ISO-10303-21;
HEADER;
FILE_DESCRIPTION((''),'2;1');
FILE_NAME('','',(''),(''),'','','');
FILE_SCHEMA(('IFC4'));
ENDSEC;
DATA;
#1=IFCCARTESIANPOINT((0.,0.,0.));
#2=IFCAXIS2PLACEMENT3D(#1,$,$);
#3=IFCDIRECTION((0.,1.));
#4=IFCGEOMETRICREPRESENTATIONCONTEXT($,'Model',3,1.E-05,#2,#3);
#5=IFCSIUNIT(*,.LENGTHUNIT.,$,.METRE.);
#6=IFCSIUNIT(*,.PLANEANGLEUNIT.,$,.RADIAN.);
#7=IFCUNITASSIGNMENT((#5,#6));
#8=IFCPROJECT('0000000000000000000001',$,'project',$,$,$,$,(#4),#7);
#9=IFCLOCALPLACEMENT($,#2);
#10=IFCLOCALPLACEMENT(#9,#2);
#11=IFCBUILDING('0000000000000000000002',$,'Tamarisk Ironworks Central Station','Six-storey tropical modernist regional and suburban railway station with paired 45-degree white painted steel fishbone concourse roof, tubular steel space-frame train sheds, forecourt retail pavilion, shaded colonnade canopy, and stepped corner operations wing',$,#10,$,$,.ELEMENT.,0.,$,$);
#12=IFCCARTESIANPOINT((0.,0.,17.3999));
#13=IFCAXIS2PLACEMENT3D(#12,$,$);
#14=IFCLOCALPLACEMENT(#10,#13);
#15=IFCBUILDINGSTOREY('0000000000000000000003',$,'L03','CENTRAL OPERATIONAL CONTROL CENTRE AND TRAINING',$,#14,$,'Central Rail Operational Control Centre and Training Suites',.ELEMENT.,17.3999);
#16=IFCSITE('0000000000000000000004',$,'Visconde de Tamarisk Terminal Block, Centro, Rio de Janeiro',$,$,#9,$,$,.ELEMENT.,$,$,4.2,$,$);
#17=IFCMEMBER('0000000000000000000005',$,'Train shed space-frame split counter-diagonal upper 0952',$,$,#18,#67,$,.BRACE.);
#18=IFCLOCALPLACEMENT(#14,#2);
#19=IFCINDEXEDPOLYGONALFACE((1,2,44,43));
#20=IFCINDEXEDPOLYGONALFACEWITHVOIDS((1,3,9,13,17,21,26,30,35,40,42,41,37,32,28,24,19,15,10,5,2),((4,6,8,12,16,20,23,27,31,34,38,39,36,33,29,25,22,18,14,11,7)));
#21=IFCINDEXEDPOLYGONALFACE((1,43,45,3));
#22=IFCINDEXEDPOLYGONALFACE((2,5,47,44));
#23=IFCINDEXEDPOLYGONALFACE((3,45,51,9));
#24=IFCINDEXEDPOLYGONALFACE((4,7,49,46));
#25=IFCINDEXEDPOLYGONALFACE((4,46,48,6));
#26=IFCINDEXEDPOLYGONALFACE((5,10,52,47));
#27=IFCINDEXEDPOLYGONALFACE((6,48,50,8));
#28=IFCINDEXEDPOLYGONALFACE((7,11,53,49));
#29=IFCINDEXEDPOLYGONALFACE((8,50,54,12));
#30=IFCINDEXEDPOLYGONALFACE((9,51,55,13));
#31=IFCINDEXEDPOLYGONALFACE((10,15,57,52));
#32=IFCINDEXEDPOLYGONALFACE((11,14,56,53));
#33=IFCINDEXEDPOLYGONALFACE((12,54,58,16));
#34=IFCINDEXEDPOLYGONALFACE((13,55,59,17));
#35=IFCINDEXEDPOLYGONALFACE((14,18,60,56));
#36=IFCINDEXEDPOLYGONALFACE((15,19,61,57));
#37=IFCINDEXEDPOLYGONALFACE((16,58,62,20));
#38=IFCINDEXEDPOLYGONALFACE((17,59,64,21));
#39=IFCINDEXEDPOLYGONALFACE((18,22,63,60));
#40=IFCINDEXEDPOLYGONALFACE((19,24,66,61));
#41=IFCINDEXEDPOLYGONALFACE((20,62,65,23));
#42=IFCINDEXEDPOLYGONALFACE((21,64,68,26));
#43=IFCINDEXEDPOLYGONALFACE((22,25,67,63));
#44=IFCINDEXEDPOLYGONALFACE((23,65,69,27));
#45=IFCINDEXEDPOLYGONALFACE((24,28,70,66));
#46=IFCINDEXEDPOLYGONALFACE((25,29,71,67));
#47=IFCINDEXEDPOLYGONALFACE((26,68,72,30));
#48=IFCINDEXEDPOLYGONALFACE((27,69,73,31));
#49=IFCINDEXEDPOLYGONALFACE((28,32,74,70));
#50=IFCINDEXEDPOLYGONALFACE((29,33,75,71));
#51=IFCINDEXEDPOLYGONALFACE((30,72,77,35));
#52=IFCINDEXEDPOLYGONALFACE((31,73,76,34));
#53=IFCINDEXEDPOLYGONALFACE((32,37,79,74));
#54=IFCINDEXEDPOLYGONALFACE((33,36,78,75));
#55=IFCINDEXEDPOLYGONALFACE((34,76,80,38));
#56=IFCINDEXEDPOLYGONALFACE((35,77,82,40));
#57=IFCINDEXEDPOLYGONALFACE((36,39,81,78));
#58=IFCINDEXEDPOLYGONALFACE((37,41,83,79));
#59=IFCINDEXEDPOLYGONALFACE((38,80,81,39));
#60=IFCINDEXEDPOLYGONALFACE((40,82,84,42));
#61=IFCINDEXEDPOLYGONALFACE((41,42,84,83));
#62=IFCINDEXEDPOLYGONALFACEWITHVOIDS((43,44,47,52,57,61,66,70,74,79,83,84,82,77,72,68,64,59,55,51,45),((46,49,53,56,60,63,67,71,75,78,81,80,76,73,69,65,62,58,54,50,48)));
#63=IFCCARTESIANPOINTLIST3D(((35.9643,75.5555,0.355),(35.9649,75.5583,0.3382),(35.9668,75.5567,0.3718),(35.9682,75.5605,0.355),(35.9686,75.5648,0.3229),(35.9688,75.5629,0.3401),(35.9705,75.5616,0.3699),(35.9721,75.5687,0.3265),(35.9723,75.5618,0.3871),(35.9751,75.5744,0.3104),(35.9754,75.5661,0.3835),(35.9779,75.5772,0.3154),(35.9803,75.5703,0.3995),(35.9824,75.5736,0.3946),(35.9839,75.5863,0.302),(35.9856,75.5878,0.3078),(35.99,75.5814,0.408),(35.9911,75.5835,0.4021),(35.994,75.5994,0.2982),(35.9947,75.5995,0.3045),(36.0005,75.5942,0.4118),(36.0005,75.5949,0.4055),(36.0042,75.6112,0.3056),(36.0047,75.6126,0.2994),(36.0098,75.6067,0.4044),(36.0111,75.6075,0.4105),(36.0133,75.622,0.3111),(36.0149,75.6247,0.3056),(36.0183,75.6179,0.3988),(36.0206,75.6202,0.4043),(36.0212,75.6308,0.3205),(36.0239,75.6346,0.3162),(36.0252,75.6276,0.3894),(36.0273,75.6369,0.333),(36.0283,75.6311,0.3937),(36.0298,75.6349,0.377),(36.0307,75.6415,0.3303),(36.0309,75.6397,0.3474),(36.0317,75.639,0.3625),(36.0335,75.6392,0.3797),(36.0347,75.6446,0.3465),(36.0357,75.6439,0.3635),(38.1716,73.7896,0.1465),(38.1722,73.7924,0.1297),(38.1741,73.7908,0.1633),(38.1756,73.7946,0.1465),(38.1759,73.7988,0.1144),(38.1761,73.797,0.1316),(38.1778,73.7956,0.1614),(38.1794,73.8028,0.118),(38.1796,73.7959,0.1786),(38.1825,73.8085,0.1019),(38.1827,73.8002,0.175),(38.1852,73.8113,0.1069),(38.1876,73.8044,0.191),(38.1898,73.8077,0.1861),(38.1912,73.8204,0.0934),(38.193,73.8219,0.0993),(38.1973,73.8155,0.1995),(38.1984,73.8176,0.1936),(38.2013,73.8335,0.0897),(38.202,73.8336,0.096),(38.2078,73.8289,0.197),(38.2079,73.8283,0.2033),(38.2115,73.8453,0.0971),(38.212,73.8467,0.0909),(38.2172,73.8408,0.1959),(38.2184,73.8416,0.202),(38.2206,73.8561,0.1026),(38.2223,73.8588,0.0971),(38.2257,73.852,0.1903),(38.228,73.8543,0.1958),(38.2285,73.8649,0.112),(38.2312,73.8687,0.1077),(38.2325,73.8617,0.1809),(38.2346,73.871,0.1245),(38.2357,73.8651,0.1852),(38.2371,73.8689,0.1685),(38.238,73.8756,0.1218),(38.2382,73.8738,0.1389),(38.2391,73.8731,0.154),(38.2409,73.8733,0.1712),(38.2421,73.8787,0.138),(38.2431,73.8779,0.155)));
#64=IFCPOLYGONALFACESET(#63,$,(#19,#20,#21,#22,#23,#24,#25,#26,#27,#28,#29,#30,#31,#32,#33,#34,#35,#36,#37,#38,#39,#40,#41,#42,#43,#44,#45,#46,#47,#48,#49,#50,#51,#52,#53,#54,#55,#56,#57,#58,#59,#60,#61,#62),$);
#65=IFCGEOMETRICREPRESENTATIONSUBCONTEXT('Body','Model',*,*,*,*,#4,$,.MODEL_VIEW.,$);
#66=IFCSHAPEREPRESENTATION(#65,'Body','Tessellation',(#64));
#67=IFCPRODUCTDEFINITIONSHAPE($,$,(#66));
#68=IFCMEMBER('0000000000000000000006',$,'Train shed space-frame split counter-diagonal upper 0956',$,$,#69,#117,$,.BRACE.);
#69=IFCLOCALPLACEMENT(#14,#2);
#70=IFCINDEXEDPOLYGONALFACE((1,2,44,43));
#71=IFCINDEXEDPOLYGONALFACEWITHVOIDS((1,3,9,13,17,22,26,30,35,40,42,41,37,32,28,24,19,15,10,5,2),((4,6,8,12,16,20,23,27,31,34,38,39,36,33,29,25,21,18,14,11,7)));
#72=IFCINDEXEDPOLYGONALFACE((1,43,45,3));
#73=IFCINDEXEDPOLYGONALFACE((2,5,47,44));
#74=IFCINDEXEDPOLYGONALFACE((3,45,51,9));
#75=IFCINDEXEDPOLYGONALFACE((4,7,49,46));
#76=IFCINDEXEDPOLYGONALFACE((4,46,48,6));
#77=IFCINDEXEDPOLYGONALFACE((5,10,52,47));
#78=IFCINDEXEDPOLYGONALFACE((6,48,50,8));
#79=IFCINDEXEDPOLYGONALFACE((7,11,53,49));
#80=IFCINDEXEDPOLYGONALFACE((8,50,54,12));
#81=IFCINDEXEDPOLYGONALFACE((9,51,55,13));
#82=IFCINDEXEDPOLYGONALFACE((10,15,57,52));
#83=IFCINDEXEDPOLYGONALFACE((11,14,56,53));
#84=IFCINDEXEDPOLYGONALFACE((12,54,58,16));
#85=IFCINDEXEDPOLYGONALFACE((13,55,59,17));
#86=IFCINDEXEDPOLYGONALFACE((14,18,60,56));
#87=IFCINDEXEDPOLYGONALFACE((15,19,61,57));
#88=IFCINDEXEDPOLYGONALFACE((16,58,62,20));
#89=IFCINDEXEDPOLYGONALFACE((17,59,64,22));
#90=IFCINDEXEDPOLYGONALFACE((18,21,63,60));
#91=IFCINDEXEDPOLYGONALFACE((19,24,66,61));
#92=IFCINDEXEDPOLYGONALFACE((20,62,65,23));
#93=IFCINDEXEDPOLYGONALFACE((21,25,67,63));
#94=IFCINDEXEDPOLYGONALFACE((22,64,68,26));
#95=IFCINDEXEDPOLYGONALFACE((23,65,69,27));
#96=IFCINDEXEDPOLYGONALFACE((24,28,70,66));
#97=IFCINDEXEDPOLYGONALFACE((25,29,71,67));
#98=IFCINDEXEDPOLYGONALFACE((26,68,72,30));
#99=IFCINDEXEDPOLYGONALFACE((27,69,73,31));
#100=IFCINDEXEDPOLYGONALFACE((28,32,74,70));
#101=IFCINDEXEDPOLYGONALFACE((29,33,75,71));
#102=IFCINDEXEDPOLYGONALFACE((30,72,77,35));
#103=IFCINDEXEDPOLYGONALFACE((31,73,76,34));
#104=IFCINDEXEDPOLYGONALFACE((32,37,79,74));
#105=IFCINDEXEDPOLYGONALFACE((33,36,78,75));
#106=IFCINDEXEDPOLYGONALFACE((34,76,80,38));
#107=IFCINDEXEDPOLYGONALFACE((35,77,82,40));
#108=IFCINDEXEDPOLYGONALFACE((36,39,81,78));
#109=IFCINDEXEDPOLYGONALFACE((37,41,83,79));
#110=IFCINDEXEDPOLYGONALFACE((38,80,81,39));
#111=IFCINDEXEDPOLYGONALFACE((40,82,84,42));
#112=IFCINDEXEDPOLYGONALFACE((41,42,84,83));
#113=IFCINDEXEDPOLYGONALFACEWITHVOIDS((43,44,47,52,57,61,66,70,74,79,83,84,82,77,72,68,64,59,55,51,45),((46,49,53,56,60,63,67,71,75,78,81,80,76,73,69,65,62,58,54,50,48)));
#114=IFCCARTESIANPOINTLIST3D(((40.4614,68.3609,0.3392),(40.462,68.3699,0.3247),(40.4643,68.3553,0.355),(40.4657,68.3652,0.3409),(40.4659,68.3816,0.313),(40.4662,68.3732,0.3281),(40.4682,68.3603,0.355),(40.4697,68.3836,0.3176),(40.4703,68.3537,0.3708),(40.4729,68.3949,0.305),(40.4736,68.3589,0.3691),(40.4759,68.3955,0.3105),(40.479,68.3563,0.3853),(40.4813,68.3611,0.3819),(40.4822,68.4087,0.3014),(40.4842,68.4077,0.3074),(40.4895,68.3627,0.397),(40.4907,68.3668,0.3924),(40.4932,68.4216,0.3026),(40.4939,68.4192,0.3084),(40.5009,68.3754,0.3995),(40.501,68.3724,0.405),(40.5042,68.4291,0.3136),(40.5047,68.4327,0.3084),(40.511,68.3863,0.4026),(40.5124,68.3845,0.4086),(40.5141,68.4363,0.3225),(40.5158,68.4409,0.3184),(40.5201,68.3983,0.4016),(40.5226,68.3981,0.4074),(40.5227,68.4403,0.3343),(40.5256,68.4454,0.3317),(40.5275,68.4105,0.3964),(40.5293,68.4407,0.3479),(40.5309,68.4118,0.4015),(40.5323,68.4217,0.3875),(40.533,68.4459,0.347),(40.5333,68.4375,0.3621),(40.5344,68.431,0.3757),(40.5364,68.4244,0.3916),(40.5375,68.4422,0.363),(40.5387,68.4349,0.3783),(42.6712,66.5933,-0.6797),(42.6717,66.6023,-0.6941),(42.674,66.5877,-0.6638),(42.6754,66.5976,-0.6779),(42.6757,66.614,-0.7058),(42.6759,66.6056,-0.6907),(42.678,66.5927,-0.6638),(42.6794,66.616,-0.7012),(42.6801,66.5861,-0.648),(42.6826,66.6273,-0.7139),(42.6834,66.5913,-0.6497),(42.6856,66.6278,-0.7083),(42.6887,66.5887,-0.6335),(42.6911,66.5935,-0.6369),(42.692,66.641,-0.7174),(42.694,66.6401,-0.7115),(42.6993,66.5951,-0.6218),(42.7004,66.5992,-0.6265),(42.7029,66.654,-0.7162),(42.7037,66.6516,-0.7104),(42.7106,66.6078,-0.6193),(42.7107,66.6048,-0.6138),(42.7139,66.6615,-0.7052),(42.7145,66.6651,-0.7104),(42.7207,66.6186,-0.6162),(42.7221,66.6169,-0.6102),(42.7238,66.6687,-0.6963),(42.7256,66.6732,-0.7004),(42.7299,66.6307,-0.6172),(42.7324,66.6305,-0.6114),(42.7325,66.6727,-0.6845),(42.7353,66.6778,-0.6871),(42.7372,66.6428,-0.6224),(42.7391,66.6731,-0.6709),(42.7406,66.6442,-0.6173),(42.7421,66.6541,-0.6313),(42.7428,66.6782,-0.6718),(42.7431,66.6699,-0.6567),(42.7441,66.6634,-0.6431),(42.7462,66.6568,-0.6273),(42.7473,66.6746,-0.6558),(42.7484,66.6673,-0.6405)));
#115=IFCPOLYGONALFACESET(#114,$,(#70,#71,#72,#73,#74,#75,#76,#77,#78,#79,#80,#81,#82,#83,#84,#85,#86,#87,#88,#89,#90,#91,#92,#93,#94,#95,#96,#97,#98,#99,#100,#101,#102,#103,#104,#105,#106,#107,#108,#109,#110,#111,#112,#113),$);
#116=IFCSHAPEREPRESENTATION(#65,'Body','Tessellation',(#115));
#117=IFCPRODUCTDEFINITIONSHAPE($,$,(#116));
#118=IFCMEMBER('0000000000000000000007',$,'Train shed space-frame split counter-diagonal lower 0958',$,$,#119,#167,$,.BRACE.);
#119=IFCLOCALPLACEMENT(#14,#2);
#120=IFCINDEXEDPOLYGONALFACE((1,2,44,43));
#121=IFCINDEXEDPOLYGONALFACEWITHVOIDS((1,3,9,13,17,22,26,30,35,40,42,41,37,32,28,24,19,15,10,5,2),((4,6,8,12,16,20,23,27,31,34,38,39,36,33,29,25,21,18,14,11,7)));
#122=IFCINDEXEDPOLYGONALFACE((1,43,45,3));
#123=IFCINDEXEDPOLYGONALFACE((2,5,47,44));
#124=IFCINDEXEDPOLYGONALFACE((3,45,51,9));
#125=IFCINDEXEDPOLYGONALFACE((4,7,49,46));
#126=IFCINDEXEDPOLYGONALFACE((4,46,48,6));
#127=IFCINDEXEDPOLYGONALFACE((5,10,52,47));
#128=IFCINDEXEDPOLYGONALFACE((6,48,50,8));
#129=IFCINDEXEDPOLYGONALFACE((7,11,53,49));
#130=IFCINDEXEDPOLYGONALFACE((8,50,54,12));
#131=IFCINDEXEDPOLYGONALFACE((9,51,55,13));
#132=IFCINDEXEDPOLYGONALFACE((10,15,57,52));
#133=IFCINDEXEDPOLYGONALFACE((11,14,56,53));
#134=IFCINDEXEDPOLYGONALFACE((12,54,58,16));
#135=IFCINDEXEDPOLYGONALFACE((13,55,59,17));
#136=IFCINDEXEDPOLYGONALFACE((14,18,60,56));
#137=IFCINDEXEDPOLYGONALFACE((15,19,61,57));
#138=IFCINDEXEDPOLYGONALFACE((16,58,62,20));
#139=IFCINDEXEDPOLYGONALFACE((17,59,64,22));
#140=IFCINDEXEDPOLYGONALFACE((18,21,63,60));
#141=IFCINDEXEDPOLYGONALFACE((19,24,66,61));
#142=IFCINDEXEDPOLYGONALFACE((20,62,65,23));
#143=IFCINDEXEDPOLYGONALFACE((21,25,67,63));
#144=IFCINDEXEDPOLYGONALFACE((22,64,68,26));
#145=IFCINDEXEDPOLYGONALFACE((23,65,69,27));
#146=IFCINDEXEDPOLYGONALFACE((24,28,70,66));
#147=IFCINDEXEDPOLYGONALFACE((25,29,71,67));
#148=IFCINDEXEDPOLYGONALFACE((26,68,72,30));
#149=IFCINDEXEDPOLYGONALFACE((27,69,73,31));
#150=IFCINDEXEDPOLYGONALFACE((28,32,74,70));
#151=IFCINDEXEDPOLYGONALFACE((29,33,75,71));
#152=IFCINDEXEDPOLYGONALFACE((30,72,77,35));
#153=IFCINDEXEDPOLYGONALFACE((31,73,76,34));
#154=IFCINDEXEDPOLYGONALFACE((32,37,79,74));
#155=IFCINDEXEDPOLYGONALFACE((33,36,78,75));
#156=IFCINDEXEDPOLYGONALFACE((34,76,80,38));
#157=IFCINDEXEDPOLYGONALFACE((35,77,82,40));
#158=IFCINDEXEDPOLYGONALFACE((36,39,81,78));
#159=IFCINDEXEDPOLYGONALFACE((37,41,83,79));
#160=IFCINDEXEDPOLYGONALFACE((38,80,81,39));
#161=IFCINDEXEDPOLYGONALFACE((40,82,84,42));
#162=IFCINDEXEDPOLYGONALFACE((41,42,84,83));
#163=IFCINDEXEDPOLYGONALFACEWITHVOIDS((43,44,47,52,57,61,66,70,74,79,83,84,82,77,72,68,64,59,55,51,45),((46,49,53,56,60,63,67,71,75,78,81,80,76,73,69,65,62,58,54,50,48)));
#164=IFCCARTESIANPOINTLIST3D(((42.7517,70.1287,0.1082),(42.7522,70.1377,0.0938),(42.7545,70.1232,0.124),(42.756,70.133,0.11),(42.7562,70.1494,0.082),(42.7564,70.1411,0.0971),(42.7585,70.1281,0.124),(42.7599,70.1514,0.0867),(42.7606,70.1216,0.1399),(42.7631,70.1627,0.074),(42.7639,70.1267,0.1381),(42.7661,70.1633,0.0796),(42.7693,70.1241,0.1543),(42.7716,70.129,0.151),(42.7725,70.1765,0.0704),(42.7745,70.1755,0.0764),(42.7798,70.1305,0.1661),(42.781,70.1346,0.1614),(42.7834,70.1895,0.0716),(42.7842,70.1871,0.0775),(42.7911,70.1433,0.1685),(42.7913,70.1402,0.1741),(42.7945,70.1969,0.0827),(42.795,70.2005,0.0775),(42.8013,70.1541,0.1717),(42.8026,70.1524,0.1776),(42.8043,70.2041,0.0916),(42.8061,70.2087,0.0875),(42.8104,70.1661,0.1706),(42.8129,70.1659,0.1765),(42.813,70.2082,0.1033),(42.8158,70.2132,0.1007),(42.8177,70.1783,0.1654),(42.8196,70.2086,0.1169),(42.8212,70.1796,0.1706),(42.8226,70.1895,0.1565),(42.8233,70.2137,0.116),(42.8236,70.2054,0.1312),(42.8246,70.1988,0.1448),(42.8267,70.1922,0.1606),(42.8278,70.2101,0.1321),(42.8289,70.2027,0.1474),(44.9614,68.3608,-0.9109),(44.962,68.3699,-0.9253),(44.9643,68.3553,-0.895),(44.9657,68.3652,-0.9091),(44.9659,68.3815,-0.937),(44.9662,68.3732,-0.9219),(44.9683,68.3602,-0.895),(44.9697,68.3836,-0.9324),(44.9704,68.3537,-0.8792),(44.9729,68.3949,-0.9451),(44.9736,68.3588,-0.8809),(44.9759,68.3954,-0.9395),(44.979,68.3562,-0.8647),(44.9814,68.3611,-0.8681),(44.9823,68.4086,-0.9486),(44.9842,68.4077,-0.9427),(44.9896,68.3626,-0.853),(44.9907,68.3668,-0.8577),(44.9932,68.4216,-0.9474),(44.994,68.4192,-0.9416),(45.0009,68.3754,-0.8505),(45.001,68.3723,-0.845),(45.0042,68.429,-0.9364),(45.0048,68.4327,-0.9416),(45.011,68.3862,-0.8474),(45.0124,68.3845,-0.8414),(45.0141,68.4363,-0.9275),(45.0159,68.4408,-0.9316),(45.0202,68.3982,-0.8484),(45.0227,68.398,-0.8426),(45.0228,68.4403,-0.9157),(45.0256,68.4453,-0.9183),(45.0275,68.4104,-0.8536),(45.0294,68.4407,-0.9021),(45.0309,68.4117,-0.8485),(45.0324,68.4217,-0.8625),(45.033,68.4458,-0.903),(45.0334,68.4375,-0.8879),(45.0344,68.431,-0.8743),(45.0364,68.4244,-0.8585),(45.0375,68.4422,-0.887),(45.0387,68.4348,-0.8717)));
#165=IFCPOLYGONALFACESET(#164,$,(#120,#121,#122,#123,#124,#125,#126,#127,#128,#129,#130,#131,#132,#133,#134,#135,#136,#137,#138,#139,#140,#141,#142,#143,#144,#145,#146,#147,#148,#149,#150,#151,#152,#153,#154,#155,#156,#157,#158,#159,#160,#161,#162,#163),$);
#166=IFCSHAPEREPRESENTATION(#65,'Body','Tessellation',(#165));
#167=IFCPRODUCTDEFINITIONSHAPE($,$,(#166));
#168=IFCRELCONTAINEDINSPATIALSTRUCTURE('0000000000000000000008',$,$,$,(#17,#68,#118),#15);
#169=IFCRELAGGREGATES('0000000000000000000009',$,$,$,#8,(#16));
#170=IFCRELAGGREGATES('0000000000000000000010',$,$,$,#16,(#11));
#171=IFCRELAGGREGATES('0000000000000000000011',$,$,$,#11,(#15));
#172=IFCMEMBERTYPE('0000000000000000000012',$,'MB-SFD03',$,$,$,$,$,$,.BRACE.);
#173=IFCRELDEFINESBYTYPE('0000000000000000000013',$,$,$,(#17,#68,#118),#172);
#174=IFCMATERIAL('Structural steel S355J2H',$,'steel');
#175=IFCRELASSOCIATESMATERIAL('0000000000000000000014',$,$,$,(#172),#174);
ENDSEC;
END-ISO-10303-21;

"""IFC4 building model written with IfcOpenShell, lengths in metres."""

from ifc_helpers import new_model, si_unit, direction, frame, origin, origin_2d, place, context, subcontext, project, spatial, hollow_circle, extrude, material, material_profile, profile_set, type_object, element, save


model = new_model("IFC4")

# Units and contexts
model_context = context("Model", 3, precision=1e-05, world=origin(), true_north=direction((0.0, 1.0)))
body_context = subcontext(model_context, "Body", "Model", "MODEL_VIEW")
ifc_project = project(units=[si_unit("LENGTHUNIT", "METRE"), si_unit("PLANEANGLEUNIT", "RADIAN")], contexts=[model_context])

# Site, building, storey
site_placement = place(None, origin())
site = spatial("IfcSite", under=ifc_project, at=site_placement, Name="Visconde de Tamarisk Terminal Block, Centro, Rio de Janeiro", CompositionType="ELEMENT", RefElevation=4.2)
building_placement = place(site_placement, origin())
building = spatial("IfcBuilding", under=site, at=building_placement, Name="Tamarisk Ironworks Central Station", Description="Six-storey tropical modernist regional and suburban railway station with paired 45-degree white painted steel fishbone concourse roof, tubular steel space-frame train sheds, forecourt retail pavilion, shaded colonnade canopy, and stepped corner operations wing", CompositionType="ELEMENT", ElevationOfRefHeight=0.0)
storey_placement = place(building_placement, frame((0.0, 0.0, 17.3999)))
storey = spatial("IfcBuildingStorey", under=building, at=storey_placement, Name="L03", Description="CENTRAL OPERATIONAL CONTROL CENTRE AND TRAINING", LongName="Central Rail Operational Control Centre and Training Suites", CompositionType="ELEMENT", Elevation=17.3999)

# Members
ifc_material_1 = material(Name="Structural steel S355J2H", Category="steel")
ifc_material_profile_1 = material_profile(ifc_material_1, hollow_circle(Radius=0.0571, WallThickness=0.0063, at=origin_2d()), Name="CHS 114.3x6.3")
ifc_profile_set_1 = profile_set([ifc_material_profile_1], Name="Structural steel S355J2H")
member_type_1 = type_object("IfcMemberType", Name="MB-SFD03", PredefinedType="BRACE", material=ifc_profile_set_1)
member_1_placement = place(storey_placement, frame((38.2073, 73.8342, 0.1465), z_axis=(-0.778745, 0.623013, 0.073559), x_axis=(-0.624706, -0.78086, 0.0)))
element("IfcMember", 1, at=member_1_placement, inside=storey, type_object=member_type_1, Name="Train shed space-frame split counter-diagonal upper 0952", PredefinedType="BRACE", context=body_context, shape_type="SweptSolid", body=[
    extrude(hollow_circle(Radius=0.0571, WallThickness=0.0063, at=origin_2d()), origin(), (0.0, 0.0, 1.0), 2.8345),
])
member_2_placement = place(storey_placement, frame((42.7097, 66.6323, -0.6638), z_axis=(-0.734732, 0.587721, 0.338751), x_axis=(-0.624653, -0.780902, 0.0)))
element("IfcMember", 2, at=member_2_placement, inside=storey, type_object=member_type_1, Name="Train shed space-frame split counter-diagonal upper 0956", PredefinedType="BRACE", context=body_context, shape_type="SweptSolid", body=[
    extrude(hollow_circle(Radius=0.0571, WallThickness=0.0063, at=origin_2d()), origin(), (0.0, 0.0, 1.0), 3.0076),
])
member_3_placement = place(storey_placement, frame((45.0, 68.3999, -0.895), z_axis=(-0.734677, 0.587758, 0.338807), x_axis=(-0.624706, -0.78086, 0.0)))
element("IfcMember", 3, at=member_3_placement, inside=storey, type_object=member_type_1, Name="Train shed space-frame split counter-diagonal lower 0958", PredefinedType="BRACE", context=body_context, shape_type="SweptSolid", body=[
    extrude(hollow_circle(Radius=0.0571, WallThickness=0.0063, at=origin_2d()), origin(), (0.0, 0.0, 1.0), 3.0078),
])

save(model, "model.ifc")
